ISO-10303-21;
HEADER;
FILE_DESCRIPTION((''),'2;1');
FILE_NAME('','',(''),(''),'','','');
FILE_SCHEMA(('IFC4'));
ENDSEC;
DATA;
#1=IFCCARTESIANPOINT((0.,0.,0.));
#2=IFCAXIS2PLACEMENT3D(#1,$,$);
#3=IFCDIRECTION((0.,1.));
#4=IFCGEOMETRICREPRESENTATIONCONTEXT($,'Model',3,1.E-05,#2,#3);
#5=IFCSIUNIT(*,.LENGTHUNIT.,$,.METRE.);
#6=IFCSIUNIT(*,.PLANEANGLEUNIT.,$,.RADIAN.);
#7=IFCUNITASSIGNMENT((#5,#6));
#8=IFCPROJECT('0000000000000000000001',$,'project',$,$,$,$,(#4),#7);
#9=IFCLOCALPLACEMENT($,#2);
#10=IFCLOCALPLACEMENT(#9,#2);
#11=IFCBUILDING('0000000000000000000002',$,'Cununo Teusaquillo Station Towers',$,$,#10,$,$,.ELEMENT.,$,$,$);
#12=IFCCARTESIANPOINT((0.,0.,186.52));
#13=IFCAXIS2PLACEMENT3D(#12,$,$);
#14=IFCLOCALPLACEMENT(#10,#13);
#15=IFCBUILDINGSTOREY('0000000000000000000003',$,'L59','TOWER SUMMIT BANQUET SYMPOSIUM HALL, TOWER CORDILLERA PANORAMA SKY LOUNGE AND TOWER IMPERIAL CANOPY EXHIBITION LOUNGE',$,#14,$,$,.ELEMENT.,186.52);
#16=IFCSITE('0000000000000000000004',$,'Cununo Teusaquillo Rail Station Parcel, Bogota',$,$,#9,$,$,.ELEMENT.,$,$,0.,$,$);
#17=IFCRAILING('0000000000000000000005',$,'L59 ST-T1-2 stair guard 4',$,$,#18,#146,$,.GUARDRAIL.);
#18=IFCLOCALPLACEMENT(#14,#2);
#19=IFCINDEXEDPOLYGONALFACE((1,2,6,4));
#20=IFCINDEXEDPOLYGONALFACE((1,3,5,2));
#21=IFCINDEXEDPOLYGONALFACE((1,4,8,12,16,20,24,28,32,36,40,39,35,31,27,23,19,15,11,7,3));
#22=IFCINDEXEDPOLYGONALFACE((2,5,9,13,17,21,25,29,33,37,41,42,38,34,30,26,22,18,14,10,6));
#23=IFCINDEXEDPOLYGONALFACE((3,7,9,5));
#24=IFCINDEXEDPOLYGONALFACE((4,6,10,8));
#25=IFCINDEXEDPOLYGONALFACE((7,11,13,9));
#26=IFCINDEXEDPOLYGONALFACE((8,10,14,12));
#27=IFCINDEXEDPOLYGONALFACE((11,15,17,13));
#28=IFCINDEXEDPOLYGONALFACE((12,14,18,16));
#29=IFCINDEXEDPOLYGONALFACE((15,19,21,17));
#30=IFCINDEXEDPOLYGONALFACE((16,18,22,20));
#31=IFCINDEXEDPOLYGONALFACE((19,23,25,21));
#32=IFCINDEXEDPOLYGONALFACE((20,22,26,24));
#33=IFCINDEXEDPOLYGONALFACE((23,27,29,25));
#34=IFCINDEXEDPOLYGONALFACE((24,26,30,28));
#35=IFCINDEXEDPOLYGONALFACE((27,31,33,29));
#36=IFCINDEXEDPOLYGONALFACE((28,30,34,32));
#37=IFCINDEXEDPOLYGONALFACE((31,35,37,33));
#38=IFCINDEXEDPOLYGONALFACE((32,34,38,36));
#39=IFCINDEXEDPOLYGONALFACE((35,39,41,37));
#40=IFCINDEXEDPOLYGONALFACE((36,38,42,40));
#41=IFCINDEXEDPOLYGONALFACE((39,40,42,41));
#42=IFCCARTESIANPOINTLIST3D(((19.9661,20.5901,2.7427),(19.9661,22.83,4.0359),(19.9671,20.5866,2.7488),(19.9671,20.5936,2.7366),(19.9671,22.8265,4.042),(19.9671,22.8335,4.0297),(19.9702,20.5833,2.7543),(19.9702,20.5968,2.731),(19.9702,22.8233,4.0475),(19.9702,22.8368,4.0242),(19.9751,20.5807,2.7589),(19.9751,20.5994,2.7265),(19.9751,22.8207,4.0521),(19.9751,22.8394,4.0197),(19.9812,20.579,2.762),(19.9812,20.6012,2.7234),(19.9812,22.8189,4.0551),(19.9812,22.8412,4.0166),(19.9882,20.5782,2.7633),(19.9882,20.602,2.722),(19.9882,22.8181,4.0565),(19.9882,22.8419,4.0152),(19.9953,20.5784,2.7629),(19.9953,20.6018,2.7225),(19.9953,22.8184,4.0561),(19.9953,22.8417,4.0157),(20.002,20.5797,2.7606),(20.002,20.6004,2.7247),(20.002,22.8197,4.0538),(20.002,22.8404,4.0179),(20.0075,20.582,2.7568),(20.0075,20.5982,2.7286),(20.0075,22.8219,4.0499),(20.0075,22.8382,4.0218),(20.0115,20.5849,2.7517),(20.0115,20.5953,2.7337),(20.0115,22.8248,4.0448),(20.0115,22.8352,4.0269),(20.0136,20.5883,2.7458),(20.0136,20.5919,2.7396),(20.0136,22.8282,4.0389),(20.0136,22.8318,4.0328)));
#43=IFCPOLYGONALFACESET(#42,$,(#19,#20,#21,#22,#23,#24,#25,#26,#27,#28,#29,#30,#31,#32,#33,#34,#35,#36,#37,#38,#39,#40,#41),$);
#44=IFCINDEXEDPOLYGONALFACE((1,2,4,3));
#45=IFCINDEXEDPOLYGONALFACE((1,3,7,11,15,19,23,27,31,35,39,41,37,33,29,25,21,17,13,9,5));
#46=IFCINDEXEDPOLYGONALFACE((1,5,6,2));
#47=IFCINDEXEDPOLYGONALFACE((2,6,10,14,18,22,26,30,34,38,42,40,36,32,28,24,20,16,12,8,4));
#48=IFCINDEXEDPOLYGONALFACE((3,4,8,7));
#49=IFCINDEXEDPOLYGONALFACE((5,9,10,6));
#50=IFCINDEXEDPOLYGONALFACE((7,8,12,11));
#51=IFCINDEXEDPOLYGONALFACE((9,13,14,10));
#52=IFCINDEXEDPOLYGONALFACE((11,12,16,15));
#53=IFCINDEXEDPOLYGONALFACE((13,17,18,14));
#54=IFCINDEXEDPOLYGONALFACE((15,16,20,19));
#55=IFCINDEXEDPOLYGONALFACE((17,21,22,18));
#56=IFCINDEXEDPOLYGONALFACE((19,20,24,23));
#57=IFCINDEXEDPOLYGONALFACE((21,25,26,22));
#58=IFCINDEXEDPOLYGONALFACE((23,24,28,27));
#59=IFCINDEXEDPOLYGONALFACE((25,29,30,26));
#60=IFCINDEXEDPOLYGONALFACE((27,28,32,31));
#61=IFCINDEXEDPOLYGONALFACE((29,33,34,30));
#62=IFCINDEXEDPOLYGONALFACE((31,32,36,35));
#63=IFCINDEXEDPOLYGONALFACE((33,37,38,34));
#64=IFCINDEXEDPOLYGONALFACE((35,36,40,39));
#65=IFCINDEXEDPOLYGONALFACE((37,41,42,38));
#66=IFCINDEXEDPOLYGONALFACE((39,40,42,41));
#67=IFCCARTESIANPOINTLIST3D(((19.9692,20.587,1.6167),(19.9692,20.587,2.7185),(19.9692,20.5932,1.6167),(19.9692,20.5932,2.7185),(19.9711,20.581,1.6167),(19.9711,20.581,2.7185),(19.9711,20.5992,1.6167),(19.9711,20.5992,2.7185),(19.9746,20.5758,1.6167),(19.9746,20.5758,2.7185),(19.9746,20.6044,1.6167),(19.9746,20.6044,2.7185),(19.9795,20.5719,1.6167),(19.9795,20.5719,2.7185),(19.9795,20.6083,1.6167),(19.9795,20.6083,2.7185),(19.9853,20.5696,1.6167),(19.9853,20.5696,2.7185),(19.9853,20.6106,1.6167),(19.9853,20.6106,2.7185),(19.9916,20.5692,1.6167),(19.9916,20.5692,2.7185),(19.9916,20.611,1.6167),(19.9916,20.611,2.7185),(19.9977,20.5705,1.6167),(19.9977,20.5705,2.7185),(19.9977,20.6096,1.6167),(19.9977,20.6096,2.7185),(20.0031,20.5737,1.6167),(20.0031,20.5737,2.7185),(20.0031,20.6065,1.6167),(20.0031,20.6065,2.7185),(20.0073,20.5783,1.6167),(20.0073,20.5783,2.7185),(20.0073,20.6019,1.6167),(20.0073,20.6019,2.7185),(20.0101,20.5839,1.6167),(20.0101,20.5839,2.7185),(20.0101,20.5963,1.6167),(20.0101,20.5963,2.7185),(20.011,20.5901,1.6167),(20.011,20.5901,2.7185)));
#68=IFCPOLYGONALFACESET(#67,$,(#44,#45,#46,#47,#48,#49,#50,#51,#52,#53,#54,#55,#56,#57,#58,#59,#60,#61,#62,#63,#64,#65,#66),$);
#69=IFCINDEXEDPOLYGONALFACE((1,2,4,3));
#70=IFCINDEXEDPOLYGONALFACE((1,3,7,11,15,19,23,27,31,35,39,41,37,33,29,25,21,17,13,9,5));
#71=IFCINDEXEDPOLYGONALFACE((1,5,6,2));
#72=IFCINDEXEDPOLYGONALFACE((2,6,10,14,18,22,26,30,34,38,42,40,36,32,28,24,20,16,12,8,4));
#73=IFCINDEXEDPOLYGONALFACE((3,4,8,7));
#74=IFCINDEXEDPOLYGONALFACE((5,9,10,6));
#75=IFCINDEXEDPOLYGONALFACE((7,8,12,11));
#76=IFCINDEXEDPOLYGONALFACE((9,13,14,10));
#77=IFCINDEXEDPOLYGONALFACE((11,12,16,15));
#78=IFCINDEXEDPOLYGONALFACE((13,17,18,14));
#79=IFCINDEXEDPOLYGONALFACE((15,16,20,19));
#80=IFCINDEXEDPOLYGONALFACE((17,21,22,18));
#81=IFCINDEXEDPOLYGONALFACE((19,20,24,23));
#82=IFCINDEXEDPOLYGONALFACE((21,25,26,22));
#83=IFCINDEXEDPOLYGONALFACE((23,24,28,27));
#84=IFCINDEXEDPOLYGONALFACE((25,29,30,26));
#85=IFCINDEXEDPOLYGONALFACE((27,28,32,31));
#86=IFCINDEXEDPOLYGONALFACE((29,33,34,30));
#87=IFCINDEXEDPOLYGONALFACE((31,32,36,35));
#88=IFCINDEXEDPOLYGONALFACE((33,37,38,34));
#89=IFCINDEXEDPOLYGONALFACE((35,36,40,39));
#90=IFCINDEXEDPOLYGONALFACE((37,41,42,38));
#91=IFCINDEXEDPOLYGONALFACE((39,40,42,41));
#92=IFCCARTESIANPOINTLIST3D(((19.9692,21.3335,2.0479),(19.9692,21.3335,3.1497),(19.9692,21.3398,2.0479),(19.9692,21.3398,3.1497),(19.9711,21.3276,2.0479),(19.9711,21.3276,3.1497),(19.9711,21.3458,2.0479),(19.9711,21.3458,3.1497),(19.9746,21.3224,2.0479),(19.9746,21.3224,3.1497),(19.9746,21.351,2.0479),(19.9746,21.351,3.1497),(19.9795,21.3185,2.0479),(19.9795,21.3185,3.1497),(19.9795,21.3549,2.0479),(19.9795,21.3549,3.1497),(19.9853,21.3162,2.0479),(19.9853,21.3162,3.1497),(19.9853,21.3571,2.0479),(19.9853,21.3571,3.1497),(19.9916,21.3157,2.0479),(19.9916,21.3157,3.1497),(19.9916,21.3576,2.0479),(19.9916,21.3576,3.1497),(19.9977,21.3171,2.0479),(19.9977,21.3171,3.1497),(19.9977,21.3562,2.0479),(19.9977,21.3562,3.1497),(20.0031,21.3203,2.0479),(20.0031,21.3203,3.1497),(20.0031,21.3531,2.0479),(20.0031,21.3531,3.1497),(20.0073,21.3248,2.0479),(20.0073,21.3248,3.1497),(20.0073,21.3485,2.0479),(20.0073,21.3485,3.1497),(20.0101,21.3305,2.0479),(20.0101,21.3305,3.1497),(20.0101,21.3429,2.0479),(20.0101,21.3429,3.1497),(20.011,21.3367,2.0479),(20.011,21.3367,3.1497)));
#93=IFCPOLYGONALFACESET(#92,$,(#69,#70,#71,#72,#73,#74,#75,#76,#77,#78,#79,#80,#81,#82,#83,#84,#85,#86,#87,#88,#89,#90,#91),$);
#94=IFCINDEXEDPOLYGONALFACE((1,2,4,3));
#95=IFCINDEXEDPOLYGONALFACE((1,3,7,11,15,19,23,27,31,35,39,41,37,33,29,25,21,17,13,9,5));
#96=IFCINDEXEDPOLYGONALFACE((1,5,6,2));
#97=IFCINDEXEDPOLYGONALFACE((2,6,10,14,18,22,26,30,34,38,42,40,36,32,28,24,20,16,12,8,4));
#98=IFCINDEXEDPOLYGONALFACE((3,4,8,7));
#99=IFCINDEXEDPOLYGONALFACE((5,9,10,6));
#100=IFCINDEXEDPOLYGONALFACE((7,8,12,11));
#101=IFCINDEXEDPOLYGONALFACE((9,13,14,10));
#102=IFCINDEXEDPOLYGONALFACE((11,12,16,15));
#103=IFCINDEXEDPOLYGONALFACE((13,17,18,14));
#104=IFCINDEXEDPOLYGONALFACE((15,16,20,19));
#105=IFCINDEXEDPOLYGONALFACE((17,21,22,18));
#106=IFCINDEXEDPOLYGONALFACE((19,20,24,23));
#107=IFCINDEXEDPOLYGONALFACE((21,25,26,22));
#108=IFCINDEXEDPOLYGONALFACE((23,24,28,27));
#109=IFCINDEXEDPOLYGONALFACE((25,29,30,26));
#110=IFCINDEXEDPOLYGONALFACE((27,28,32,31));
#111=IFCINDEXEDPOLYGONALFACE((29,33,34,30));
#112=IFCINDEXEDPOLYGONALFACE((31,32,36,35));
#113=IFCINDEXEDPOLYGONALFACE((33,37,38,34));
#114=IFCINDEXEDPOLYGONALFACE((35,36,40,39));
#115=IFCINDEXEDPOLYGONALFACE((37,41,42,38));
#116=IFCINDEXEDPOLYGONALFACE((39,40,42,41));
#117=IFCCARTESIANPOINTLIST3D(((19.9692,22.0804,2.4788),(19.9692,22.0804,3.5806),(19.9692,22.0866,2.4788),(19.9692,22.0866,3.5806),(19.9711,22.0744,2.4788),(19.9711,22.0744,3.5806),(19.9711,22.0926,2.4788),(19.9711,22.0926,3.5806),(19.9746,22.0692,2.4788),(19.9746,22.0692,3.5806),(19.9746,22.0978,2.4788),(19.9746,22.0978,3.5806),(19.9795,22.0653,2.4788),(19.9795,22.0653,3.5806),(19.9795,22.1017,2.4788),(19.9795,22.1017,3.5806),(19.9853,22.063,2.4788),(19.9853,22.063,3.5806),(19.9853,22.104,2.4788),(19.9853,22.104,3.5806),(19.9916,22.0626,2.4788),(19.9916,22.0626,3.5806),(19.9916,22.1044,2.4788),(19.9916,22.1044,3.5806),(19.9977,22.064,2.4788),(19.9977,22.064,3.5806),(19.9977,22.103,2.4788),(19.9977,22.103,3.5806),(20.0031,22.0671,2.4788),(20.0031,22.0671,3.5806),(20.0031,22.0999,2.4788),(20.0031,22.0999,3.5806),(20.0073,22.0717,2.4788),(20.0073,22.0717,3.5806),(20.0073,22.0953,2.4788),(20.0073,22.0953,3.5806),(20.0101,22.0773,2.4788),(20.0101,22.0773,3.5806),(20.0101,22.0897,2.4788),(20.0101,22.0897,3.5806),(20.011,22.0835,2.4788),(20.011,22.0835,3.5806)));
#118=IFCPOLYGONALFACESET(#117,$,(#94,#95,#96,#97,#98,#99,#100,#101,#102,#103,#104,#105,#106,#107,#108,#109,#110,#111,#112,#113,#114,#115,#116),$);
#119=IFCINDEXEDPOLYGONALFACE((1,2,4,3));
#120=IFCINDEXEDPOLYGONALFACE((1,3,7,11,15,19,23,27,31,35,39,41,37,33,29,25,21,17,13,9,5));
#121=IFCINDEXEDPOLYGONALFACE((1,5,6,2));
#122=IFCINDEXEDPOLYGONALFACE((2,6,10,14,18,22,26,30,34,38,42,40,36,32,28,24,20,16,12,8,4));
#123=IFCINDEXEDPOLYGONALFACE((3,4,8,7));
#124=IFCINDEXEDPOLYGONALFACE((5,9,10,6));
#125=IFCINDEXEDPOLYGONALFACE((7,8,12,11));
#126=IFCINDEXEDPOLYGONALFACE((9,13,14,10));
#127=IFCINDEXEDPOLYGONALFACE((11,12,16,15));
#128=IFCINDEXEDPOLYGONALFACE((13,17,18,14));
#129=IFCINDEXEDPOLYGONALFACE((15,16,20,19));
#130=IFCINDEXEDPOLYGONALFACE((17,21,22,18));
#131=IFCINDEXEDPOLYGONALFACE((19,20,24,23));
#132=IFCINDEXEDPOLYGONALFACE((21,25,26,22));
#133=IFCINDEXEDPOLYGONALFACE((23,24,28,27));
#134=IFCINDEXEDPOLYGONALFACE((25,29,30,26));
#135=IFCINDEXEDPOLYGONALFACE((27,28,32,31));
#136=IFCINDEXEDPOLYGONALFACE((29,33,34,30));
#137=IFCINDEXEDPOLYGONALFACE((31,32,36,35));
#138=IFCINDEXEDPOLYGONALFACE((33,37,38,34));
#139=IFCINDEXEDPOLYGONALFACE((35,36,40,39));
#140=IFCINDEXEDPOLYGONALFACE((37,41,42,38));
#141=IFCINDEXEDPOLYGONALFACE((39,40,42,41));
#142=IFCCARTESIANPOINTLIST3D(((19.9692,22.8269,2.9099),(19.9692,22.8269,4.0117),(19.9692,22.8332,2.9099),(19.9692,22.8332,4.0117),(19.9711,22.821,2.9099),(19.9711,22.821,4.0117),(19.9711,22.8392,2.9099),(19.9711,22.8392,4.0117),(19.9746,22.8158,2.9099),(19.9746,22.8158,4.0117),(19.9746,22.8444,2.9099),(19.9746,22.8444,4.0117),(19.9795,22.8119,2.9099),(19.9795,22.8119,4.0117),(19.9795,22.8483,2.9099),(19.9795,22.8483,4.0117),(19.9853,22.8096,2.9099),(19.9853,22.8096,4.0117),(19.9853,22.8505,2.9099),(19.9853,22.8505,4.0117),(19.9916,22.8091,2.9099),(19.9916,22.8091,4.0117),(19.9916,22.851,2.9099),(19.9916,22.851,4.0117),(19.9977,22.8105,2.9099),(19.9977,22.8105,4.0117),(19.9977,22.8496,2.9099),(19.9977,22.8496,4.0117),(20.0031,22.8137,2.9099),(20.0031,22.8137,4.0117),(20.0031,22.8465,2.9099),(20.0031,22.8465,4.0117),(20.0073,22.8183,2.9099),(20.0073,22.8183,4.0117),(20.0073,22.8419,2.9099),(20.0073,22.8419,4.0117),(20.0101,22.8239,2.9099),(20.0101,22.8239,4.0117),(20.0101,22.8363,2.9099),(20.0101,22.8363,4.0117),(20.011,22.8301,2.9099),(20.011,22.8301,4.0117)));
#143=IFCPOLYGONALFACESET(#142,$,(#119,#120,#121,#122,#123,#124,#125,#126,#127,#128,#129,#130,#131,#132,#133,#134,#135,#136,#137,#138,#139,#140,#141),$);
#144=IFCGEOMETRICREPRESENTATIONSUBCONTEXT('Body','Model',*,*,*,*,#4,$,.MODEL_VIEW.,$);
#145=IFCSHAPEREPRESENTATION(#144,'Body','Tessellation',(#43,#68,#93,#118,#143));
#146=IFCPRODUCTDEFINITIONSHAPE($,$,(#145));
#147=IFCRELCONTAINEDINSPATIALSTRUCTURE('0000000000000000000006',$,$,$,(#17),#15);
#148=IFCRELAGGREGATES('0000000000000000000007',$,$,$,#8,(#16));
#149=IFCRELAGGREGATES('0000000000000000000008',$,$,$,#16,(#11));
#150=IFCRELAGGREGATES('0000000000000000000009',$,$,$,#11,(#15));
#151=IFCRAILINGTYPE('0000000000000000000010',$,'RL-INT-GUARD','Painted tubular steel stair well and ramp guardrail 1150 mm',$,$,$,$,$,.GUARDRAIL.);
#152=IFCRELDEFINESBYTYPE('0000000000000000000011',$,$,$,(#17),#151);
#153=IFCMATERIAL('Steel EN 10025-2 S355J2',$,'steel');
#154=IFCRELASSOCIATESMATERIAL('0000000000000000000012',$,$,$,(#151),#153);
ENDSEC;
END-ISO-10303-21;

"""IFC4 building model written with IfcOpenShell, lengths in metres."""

from ifc_helpers import new_model, si_unit, direction, frame, origin, origin_2d, place, context, subcontext, project, spatial, circle, extrude, material, type_object, element, save


model = new_model("IFC4")

# Units and contexts
model_context = context("Model", 3, precision=1e-05, world=origin(), true_north=direction((0.0, 1.0)))
body_context = subcontext(model_context, "Body", "Model", "MODEL_VIEW")
ifc_project = project(units=[si_unit("LENGTHUNIT", "METRE"), si_unit("PLANEANGLEUNIT", "RADIAN")], contexts=[model_context])

# Site, building, storey
site_placement = place(None, origin())
site = spatial("IfcSite", under=ifc_project, at=site_placement, Name="Cununo Teusaquillo Rail Station Parcel, Bogota", CompositionType="ELEMENT", RefElevation=0.0)
building_placement = place(site_placement, origin())
building = spatial("IfcBuilding", under=site, at=building_placement, Name="Cununo Teusaquillo Station Towers", CompositionType="ELEMENT")
storey_placement = place(building_placement, frame((0.0, 0.0, 186.52)))
storey = spatial("IfcBuildingStorey", under=building, at=storey_placement, Name="L59", Description="TOWER SUMMIT BANQUET SYMPOSIUM HALL, TOWER CORDILLERA PANORAMA SKY LOUNGE AND TOWER IMPERIAL CANOPY EXHIBITION LOUNGE", CompositionType="ELEMENT", Elevation=186.52)

# Railing
ifc_material_1 = material(Name="Steel EN 10025-2 S355J2", Category="steel")
railing_type_1 = type_object("IfcRailingType", Name="RL-INT-GUARD", Description="Painted tubular steel stair well and ramp guardrail 1150 mm", PredefinedType="GUARDRAIL", material=ifc_material_1)
railing_1_placement = place(storey_placement, frame((19.99, 20.5901, 1.6167)))
element("IfcRailing", 1, at=railing_1_placement, inside=storey, type_object=railing_type_1, Name="L59 ST-T1-2 stair guard 4", PredefinedType="GUARDRAIL", context=body_context, shape_type="SweptSolid", body=[
    extrude(circle(Radius=0.0239, at=origin_2d()), frame((0.0, 0.0, 1.126), z_axis=(0.0, 0.866033, 0.499987), x_axis=(-1.0, 0.0, 0.0)), (0.0, 0.0, 1.0), 2.5864),
    extrude(circle(Radius=0.021, at=origin_2d()), origin(), (0.0, 0.0, 1.0), 1.1018),
    extrude(circle(Radius=0.021, at=origin_2d()), frame((0.0, 0.7466, 0.4312)), (0.0, 0.0, 1.0), 1.1018),
    extrude(circle(Radius=0.021, at=origin_2d()), frame((0.0, 1.4934, 0.8621)), (0.0, 0.0, 1.0), 1.1018),
    extrude(circle(Radius=0.021, at=origin_2d()), frame((0.0, 2.24, 1.2932)), (0.0, 0.0, 1.0), 1.1018),
])

save(model, "model.ifc")
